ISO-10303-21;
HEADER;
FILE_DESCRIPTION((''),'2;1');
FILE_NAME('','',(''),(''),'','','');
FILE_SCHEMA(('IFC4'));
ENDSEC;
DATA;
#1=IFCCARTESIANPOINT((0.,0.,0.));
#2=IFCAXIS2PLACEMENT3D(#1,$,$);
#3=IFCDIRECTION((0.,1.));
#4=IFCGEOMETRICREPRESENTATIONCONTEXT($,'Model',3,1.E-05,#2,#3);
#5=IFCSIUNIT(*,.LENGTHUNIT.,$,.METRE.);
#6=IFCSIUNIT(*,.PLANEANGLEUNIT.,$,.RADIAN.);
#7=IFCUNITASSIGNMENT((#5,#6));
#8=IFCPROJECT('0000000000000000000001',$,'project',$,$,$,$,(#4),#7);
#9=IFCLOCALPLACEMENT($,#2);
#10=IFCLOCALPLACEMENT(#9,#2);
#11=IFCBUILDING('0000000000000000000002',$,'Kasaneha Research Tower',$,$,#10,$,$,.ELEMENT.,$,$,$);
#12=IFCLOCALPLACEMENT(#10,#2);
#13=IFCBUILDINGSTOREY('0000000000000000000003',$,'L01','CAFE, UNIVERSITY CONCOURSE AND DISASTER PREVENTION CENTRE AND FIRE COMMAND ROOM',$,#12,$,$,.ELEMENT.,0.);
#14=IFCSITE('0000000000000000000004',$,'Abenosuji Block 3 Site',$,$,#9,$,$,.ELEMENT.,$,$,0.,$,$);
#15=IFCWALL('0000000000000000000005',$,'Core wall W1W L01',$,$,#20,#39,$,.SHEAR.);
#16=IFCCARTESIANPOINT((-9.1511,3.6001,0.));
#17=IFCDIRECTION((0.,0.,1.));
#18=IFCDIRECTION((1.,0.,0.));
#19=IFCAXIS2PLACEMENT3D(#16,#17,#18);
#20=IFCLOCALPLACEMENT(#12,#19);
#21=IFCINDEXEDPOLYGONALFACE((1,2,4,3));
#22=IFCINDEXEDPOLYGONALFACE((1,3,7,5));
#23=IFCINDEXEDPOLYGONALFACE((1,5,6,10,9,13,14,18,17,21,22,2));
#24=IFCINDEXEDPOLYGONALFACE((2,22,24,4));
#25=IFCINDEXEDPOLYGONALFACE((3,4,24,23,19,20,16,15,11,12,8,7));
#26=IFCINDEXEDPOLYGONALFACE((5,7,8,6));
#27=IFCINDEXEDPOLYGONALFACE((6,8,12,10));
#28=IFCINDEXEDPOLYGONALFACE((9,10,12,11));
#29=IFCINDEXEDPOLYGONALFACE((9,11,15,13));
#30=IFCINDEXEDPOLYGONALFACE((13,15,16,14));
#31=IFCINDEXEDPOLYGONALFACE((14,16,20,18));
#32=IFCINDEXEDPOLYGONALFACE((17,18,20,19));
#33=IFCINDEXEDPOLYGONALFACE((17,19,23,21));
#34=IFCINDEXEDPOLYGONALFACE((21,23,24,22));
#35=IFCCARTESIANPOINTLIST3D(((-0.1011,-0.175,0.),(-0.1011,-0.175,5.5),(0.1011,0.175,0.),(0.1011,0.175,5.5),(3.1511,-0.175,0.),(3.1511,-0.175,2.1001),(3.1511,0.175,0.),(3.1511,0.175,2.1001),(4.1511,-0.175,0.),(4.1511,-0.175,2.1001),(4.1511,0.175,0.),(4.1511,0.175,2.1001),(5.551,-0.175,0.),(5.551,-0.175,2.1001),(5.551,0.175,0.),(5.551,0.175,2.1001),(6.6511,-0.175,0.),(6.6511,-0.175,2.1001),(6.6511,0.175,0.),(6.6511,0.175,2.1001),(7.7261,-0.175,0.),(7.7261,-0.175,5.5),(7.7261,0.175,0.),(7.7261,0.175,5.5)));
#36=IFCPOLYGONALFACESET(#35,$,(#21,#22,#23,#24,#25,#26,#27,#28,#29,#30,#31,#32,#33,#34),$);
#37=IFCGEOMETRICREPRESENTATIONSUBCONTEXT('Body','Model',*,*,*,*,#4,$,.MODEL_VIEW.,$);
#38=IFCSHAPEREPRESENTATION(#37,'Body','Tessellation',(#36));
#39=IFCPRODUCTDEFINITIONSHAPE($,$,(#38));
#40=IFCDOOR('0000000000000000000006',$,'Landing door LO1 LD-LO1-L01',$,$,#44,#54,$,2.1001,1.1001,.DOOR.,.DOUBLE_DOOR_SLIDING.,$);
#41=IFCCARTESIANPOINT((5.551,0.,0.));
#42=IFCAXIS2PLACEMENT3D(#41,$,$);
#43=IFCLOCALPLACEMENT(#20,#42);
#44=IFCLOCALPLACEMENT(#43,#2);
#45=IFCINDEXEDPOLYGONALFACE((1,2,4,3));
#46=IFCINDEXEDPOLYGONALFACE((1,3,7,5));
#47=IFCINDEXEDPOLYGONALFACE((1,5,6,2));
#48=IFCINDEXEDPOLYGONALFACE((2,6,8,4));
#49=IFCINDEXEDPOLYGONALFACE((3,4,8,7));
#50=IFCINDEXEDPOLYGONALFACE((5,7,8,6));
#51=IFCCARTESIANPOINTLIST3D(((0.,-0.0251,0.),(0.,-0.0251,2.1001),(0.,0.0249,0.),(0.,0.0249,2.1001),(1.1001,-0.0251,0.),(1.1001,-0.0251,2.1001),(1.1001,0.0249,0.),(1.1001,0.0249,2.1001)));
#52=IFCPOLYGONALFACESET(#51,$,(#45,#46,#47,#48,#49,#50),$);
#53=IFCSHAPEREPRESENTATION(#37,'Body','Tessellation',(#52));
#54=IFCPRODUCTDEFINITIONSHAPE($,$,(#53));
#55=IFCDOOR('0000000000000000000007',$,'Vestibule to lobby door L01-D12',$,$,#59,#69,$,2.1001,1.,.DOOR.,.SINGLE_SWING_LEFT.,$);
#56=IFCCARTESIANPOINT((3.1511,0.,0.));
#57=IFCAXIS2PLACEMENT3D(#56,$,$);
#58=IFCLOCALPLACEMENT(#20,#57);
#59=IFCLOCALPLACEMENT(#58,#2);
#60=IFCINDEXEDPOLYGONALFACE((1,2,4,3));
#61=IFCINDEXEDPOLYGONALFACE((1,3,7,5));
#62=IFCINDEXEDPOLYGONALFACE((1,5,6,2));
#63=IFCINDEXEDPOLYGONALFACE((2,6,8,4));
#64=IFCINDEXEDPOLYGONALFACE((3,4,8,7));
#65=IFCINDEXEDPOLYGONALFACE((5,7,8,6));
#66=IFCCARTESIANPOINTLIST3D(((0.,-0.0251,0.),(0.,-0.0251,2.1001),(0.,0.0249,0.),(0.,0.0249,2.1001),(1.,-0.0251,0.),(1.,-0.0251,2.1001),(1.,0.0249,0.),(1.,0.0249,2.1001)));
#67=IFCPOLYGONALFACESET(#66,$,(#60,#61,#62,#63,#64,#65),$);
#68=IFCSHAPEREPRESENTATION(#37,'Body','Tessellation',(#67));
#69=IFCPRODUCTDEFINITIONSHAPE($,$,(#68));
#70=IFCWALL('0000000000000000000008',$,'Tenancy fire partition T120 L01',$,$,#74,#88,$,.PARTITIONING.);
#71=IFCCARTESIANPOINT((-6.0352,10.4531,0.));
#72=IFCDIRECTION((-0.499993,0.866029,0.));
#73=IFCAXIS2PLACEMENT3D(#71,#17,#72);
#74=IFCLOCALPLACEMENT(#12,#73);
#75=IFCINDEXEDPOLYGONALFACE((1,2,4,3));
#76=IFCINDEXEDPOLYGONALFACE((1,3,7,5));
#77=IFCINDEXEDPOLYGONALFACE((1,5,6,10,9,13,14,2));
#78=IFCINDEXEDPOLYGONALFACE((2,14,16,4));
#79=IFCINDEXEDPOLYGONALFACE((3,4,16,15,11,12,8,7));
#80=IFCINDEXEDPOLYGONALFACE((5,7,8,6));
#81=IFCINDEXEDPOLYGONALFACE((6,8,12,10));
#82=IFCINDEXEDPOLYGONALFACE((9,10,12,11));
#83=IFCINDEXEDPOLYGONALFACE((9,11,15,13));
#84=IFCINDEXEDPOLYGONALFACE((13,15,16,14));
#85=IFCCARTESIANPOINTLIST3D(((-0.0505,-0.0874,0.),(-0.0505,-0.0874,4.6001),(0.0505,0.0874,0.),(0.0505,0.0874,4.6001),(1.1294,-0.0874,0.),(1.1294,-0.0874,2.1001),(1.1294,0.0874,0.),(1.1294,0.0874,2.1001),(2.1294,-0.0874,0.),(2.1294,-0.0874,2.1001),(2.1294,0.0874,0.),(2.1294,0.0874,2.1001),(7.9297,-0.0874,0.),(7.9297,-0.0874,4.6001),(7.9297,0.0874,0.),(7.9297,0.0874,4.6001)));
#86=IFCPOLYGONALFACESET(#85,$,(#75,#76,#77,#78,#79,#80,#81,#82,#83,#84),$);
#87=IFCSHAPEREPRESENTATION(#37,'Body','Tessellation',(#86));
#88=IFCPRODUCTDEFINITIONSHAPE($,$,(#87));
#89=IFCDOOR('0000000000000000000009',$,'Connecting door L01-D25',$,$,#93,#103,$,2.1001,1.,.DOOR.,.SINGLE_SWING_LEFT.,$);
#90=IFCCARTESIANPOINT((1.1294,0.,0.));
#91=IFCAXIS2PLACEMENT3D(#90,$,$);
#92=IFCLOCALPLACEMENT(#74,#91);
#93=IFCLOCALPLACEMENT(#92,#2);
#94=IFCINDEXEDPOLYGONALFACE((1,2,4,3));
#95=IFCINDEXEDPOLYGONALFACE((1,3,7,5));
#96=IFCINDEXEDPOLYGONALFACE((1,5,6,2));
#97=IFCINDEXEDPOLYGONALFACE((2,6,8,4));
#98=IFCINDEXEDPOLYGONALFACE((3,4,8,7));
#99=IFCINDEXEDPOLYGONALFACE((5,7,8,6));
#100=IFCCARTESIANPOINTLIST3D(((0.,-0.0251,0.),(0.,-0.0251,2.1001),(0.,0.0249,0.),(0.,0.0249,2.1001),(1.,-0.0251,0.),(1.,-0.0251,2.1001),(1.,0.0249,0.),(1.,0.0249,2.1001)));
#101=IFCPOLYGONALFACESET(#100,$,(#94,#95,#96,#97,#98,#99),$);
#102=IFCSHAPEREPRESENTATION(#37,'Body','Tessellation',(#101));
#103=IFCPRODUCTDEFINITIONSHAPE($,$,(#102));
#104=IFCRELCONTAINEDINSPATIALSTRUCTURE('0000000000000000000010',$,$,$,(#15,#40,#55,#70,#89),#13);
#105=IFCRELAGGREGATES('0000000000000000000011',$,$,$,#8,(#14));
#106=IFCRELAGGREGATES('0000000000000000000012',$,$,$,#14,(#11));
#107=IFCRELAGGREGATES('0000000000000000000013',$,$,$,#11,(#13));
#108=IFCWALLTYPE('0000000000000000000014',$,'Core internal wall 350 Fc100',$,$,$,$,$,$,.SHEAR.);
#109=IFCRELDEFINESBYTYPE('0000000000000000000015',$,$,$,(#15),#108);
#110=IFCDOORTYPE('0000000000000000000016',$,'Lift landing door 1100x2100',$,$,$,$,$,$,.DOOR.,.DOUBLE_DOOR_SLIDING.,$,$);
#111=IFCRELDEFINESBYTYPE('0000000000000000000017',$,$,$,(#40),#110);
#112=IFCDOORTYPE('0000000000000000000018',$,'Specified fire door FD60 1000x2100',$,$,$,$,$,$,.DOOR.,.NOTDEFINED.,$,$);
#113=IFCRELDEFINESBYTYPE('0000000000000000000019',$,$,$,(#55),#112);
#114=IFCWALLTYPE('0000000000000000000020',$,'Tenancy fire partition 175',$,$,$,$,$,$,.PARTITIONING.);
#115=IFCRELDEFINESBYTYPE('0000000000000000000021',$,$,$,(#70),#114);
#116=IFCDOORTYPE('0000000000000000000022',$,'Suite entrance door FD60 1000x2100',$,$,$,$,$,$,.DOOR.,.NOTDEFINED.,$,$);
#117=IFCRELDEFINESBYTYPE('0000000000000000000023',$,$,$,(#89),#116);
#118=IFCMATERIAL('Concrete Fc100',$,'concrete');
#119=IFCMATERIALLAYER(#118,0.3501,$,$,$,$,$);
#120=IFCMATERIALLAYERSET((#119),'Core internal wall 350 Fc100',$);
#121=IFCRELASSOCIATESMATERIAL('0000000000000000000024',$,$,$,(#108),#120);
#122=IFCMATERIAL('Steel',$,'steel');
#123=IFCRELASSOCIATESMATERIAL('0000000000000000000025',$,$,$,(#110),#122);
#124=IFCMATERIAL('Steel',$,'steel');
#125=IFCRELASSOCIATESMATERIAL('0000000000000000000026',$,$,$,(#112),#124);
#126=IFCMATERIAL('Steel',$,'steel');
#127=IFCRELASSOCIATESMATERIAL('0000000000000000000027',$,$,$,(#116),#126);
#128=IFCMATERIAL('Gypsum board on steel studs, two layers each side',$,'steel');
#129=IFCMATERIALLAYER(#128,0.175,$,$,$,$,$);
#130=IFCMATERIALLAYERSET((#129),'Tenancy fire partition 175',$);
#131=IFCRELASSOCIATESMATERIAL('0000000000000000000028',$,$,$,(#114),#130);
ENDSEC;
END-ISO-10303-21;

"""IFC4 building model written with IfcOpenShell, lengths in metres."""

from ifc_helpers import new_model, si_unit, direction, frame, frame_2d, origin, place, context, subcontext, project, spatial, polyline, rectangle, outline, extrude, material, layer, layer_set, type_object, element, fill, save


model = new_model("IFC4")

# Units and contexts
model_context = context("Model", 3, precision=1e-05, world=origin(), true_north=direction((0.0, 1.0)))
body_context = subcontext(model_context, "Body", "Model", "MODEL_VIEW")
ifc_project = project(units=[si_unit("LENGTHUNIT", "METRE"), si_unit("PLANEANGLEUNIT", "RADIAN")], contexts=[model_context])

# Site, building, storey
site_placement = place(None, origin())
site = spatial("IfcSite", under=ifc_project, at=site_placement, Name="Abenosuji Block 3 Site", CompositionType="ELEMENT", RefElevation=0.0)
building_placement = place(site_placement, origin())
building = spatial("IfcBuilding", under=site, at=building_placement, Name="Kasaneha Research Tower", CompositionType="ELEMENT")
storey_placement = place(building_placement, origin())
storey = spatial("IfcBuildingStorey", under=building, at=storey_placement, Name="L01", Description="CAFE, UNIVERSITY CONCOURSE AND DISASTER PREVENTION CENTRE AND FIRE COMMAND ROOM", CompositionType="ELEMENT", Elevation=0.0)

# Wall, openings, doors
ifc_material_1 = material(Name="Concrete Fc100", Category="concrete")
ifc_layer_1 = layer(ifc_material_1, 0.3501)
ifc_layer_set_1 = layer_set([ifc_layer_1], Name="Core internal wall 350 Fc100")
wall_type_1 = type_object("IfcWallType", Name="Core internal wall 350 Fc100", PredefinedType="SHEAR", material=ifc_layer_set_1)
wall_1_placement = place(storey_placement, frame((-9.1511, 3.6001, 0.0), z_axis=(0.0, 0.0, 1.0), x_axis=(1.0, 0.0, 0.0)))
wall_1 = element("IfcWall", 1, at=wall_1_placement, inside=storey, type_object=wall_type_1, Name="Core wall W1W L01", PredefinedType="SHEAR", context=body_context, shape_type="SweptSolid", body=[
    extrude(outline(polyline([(-0.1011, -0.175), (3.1511, -0.175), (4.1511, -0.175), (5.551, -0.175), (6.6511, -0.175), (7.7261, -0.175), (7.7261, 0.175), (6.6511, 0.175), (5.551, 0.175), (4.1511, 0.175), (3.1511, 0.175), (0.1011, 0.175), (-0.1011, -0.175)])), origin(), (0.0, 0.0, 1.0), 5.5),
])
opening_1_placement = place(wall_1_placement, frame((3.1511, 0.0, 0.0)))
opening_1 = element("IfcOpeningElement", 2, at=opening_1_placement, cuts=wall_1, PredefinedType="OPENING", context=body_context, shape_type="SweptSolid", body=[
    extrude(rectangle(XDim=1.0, YDim=2.1001, at=frame_2d((0.5, 1.05))), frame((0.0, 0.1851, 0.0), z_axis=(0.0, -1.0, 0.0), x_axis=(1.0, 0.0, 0.0)), (0.0, 0.0, 1.0), 0.3701),
])
opening_2_placement = place(wall_1_placement, frame((5.551, 0.0, 0.0)))
opening_2 = element("IfcOpeningElement", 3, at=opening_2_placement, cuts=wall_1, PredefinedType="OPENING", context=body_context, shape_type="SweptSolid", body=[
    extrude(rectangle(XDim=1.1001, YDim=2.1001, at=frame_2d((0.55, 1.05))), frame((0.0, 0.1851, 0.0), z_axis=(0.0, -1.0, 0.0), x_axis=(1.0, 0.0, 0.0)), (0.0, 0.0, 1.0), 0.3701),
])
ifc_material_2 = material(Name="Steel", Category="steel")
door_type_1 = type_object("IfcDoorType", Name="Lift landing door 1100x2100", OperationType="DOUBLE_DOOR_SLIDING", PredefinedType="DOOR", material=ifc_material_2)
door_1_placement = place(opening_2_placement, origin())
door_1 = element("IfcDoor", 4, at=door_1_placement, inside=storey, type_object=door_type_1, Name="Landing door LO1 LD-LO1-L01", OperationType="DOUBLE_DOOR_SLIDING", OverallHeight=2.1001, OverallWidth=1.1001, PredefinedType="DOOR", context=body_context, shape_type="SweptSolid", body=[
    extrude(rectangle(XDim=1.1001, YDim=2.1001, at=frame_2d((0.55, 1.05))), frame((0.0, 0.0249, 0.0), z_axis=(0.0, -1.0, 0.0), x_axis=(1.0, 0.0, 0.0)), (0.0, 0.0, 1.0), 0.05),
])
fill(opening_2, door_1)
ifc_material_3 = material(Name="Steel", Category="steel")
door_type_2 = type_object("IfcDoorType", Name="Specified fire door FD60 1000x2100", OperationType="NOTDEFINED", PredefinedType="DOOR", material=ifc_material_3)
door_2_placement = place(opening_1_placement, origin())
door_2 = element("IfcDoor", 5, at=door_2_placement, inside=storey, type_object=door_type_2, Name="Vestibule to lobby door L01-D12", OperationType="SINGLE_SWING_LEFT", OverallHeight=2.1001, OverallWidth=1.0, PredefinedType="DOOR", context=body_context, shape_type="SweptSolid", body=[
    extrude(rectangle(XDim=1.0, YDim=2.1001, at=frame_2d((0.5, 1.05))), frame((0.0, 0.0249, 0.0), z_axis=(0.0, -1.0, 0.0), x_axis=(1.0, 0.0, 0.0)), (0.0, 0.0, 1.0), 0.05),
])
fill(opening_1, door_2)

# Shared definitions
ifc_material_4 = material(Name="Steel", Category="steel")
door_type_3 = type_object("IfcDoorType", Name="Suite entrance door FD60 1000x2100", OperationType="NOTDEFINED", PredefinedType="DOOR", material=ifc_material_4)

# Wall, opening, door
ifc_material_5 = material(Name="Gypsum board on steel studs, two layers each side", Category="steel")
ifc_layer_2 = layer(ifc_material_5, 0.175)
ifc_layer_set_2 = layer_set([ifc_layer_2], Name="Tenancy fire partition 175")
wall_type_2 = type_object("IfcWallType", Name="Tenancy fire partition 175", PredefinedType="PARTITIONING", material=ifc_layer_set_2)
wall_2_placement = place(storey_placement, frame((-6.0352, 10.4531, 0.0), z_axis=(0.0, 0.0, 1.0), x_axis=(-0.499993, 0.866029, 0.0)))
wall_2 = element("IfcWall", 6, at=wall_2_placement, inside=storey, type_object=wall_type_2, Name="Tenancy fire partition T120 L01", PredefinedType="PARTITIONING", context=body_context, shape_type="SweptSolid", body=[
    extrude(outline(polyline([(-0.0505, -0.0874), (1.1294, -0.0874), (2.1294, -0.0874), (7.9297, -0.0874), (7.9297, 0.0874), (2.1294, 0.0874), (1.1294, 0.0874), (0.0505, 0.0874), (-0.0505, -0.0874)])), origin(), (0.0, 0.0, 1.0), 4.6001),
])
opening_3_placement = place(wall_2_placement, frame((1.1294, 0.0, 0.0)))
opening_3 = element("IfcOpeningElement", 7, at=opening_3_placement, cuts=wall_2, PredefinedType="OPENING", context=body_context, shape_type="SweptSolid", body=[
    extrude(rectangle(XDim=1.0, YDim=2.1001, at=frame_2d((0.5, 1.05))), frame((0.0, 0.0977, 0.0), z_axis=(0.0, -1.0, 0.0), x_axis=(1.0, 0.0, 0.0)), (0.0, 0.0, 1.0), 0.1951),
])
door_3_placement = place(opening_3_placement, origin())
door_3 = element("IfcDoor", 8, at=door_3_placement, inside=storey, type_object=door_type_3, Name="Connecting door L01-D25", OperationType="SINGLE_SWING_LEFT", OverallHeight=2.1001, OverallWidth=1.0, PredefinedType="DOOR", context=body_context, shape_type="SweptSolid", body=[
    extrude(rectangle(XDim=1.0, YDim=2.1001, at=frame_2d((0.5, 1.05))), frame((0.0, 0.0249, 0.0), z_axis=(0.0, -1.0, 0.0), x_axis=(1.0, 0.0, 0.0)), (0.0, 0.0, 1.0), 0.05),
])
fill(opening_3, door_3)

save(model, "model.ifc")
